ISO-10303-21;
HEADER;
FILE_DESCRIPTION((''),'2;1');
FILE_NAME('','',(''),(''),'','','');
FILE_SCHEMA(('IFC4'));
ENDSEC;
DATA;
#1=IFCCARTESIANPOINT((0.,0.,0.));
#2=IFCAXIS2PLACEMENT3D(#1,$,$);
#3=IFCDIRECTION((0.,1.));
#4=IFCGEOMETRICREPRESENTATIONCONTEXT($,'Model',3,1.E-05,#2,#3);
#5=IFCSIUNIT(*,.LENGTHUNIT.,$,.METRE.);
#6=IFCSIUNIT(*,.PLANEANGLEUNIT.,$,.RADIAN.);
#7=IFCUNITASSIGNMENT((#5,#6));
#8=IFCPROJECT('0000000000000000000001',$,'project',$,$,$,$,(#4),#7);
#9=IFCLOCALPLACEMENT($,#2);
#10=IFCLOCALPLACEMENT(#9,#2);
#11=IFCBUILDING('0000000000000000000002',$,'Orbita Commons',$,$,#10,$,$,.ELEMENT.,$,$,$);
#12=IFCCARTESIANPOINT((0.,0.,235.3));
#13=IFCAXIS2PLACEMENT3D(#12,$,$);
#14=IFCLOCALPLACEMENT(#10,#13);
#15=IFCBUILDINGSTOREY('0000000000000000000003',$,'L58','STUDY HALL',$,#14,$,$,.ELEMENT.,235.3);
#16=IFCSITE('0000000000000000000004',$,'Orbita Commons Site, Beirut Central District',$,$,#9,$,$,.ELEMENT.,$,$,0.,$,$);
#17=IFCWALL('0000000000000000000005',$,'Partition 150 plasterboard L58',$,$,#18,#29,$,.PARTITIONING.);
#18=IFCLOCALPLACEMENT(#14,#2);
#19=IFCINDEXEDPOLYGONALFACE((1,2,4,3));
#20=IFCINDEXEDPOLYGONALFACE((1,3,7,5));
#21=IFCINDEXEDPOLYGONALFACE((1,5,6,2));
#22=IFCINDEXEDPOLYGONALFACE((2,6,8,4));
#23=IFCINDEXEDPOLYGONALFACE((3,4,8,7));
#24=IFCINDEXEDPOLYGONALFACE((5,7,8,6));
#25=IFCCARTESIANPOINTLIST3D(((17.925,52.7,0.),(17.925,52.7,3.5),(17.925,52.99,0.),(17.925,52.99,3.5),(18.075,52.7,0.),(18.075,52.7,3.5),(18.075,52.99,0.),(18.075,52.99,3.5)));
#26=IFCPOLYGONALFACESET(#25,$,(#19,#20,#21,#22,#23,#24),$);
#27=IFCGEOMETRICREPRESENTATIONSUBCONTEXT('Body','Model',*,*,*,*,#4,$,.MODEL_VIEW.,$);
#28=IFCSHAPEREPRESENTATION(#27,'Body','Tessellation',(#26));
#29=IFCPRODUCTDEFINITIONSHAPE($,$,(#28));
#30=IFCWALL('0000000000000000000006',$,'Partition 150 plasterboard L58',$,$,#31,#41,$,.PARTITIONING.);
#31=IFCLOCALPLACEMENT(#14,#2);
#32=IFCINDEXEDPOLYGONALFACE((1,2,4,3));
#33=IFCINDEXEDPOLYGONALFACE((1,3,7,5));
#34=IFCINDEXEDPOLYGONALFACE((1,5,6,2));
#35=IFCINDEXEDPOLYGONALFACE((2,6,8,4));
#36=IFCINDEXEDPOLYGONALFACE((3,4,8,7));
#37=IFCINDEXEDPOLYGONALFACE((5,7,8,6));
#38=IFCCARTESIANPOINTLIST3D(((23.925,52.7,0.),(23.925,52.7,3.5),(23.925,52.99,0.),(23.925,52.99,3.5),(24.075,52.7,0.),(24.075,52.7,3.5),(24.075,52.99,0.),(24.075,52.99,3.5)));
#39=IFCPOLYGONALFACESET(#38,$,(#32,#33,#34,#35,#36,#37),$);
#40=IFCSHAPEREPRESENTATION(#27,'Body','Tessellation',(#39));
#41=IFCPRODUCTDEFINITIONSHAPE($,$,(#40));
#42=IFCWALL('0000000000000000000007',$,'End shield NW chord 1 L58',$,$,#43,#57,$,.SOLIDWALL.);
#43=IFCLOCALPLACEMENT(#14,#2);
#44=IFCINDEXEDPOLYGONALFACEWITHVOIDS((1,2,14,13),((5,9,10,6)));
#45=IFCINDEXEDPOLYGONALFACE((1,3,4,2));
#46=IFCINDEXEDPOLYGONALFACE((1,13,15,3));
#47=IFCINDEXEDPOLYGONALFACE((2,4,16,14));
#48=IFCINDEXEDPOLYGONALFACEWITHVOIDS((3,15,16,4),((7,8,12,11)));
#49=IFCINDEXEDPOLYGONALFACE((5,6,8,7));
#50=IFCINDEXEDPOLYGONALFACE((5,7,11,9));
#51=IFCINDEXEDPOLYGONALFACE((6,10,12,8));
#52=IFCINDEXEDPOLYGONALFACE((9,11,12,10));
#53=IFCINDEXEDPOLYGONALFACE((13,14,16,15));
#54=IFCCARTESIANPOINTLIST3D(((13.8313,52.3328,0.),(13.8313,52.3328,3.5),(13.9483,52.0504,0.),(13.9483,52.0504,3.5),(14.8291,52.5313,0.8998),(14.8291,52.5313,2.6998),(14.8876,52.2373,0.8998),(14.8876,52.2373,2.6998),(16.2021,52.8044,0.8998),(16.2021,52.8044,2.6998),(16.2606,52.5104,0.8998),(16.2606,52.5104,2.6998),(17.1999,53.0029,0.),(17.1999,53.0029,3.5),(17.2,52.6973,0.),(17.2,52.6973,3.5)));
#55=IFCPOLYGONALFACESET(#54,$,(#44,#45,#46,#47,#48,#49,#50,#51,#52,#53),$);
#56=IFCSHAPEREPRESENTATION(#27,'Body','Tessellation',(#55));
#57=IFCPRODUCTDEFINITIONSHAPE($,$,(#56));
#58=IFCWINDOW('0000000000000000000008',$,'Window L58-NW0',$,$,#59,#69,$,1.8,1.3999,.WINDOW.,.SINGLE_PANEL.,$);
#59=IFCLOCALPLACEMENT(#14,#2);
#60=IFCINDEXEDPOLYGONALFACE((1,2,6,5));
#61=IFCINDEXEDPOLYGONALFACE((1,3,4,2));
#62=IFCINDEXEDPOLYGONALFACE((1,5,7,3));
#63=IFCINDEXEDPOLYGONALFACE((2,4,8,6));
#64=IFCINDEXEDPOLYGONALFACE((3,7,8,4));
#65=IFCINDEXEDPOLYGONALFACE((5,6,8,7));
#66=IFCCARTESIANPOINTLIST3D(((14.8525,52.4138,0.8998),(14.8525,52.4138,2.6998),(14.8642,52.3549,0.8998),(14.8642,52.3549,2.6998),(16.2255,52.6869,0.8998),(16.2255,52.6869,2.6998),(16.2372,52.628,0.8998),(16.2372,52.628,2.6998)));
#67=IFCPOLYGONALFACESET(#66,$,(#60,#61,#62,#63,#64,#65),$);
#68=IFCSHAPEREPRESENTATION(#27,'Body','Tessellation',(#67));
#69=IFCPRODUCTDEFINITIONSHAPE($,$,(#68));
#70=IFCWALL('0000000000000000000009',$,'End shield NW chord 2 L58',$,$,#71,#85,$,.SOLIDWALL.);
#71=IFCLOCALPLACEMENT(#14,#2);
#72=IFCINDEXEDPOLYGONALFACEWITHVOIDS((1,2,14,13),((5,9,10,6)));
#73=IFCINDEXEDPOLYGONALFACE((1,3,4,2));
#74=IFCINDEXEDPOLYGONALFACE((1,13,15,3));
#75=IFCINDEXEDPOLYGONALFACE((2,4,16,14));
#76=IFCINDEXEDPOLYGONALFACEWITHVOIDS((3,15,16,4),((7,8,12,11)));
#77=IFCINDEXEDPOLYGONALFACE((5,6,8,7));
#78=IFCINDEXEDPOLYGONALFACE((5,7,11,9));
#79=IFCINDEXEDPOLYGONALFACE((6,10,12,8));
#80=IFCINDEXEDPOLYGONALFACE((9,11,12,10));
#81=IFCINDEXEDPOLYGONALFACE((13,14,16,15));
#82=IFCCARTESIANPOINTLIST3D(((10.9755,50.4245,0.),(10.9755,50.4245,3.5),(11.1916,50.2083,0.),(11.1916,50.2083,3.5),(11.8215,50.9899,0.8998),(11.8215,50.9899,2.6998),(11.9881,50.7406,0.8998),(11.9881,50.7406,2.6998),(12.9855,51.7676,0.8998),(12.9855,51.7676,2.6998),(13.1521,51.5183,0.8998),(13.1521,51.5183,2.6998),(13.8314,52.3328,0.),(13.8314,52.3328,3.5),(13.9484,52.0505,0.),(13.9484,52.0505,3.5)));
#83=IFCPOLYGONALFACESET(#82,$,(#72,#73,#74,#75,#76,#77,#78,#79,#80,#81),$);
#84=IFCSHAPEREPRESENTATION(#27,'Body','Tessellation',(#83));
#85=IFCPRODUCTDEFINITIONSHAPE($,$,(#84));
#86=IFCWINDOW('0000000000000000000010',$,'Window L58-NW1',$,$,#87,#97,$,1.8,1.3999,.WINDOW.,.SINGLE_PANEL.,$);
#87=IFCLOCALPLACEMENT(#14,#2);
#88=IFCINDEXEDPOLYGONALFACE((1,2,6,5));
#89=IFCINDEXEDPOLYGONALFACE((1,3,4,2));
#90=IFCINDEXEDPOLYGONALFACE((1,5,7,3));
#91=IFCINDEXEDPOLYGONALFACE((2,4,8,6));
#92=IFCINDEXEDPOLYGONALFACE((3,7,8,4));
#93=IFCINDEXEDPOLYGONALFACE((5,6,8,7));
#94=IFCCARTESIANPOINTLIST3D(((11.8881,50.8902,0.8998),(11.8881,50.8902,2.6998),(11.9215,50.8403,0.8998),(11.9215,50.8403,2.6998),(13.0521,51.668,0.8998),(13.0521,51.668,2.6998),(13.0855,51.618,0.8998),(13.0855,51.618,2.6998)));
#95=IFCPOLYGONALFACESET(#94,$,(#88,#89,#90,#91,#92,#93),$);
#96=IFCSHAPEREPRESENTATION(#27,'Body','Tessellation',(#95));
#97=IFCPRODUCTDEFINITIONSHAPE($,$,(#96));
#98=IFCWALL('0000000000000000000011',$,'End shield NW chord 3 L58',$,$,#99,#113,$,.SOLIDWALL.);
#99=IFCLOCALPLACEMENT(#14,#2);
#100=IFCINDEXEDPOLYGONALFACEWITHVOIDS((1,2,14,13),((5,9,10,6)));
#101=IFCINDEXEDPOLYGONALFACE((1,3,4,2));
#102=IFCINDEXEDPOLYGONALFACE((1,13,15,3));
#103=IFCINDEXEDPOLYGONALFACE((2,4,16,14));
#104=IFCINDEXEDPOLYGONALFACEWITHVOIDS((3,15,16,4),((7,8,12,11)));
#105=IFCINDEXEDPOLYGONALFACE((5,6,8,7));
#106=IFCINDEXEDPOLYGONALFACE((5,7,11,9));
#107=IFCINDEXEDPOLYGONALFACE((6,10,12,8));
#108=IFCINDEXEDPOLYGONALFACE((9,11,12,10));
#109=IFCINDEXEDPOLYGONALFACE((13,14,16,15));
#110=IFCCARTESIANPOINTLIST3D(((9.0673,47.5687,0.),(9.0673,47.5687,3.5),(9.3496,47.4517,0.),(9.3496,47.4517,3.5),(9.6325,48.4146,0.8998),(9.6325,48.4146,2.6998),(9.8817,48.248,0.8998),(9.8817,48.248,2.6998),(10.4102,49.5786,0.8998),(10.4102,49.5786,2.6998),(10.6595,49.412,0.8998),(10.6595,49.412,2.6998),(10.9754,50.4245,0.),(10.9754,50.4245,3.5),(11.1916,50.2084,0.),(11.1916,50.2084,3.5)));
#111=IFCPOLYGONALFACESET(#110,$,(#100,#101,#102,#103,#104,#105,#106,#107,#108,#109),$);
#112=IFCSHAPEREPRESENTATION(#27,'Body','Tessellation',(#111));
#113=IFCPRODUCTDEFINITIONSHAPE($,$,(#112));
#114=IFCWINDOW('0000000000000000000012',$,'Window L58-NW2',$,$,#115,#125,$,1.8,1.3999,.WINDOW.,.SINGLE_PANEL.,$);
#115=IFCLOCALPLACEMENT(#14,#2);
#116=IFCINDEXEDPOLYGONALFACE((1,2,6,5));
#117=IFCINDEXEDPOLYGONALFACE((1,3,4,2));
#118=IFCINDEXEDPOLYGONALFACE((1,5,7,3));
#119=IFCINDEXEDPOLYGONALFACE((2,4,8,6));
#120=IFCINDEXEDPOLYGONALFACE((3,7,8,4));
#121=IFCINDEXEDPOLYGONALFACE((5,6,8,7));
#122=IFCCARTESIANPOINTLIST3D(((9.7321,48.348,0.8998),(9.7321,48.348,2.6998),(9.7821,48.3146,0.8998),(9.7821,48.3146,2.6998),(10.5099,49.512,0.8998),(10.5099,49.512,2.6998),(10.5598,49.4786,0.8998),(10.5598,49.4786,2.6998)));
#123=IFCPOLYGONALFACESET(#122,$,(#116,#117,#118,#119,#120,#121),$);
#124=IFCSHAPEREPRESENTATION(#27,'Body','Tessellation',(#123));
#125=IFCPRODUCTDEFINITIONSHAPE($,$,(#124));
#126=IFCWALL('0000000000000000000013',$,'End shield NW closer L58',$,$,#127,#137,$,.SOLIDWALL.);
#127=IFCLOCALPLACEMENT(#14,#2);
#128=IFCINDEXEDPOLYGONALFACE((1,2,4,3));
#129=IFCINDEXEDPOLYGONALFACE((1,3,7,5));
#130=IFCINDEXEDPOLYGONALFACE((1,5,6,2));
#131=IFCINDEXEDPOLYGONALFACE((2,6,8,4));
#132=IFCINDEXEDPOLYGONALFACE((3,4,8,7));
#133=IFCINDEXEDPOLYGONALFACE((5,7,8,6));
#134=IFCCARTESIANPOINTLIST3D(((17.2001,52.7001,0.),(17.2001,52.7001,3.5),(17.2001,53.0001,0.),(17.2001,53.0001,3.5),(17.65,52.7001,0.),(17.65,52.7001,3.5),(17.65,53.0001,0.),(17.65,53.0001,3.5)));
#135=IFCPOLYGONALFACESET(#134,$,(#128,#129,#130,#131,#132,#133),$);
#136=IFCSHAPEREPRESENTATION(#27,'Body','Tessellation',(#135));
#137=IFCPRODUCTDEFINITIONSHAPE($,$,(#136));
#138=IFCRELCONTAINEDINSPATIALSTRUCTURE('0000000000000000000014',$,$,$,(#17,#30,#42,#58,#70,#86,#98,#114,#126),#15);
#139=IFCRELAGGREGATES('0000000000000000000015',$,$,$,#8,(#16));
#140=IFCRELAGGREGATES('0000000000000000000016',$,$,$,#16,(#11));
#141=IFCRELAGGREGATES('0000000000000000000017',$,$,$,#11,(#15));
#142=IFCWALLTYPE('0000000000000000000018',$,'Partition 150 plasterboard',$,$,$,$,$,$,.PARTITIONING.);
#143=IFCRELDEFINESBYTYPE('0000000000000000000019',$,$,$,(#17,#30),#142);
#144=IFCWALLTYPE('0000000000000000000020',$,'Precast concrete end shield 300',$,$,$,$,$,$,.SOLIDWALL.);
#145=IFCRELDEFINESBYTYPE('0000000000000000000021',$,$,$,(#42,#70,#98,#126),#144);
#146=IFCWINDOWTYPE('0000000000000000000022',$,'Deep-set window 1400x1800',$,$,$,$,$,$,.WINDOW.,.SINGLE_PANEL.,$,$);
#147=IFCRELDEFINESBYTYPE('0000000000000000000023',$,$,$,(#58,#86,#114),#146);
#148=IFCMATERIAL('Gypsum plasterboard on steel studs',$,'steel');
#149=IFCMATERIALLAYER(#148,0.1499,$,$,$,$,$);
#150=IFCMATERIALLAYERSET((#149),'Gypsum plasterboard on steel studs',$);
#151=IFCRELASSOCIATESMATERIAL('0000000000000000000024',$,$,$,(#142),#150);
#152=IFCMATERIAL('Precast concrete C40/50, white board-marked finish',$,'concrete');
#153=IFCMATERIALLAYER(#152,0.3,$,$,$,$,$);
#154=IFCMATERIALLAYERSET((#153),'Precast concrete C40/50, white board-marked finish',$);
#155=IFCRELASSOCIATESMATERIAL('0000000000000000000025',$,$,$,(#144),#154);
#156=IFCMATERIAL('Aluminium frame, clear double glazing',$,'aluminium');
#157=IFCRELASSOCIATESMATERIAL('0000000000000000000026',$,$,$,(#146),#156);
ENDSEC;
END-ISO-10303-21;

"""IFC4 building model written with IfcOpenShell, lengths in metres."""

from ifc_helpers import new_model, si_unit, direction, frame, frame_2d, origin, place, context, subcontext, project, spatial, polyline, rectangle, outline, extrude, material, layer, layer_set, type_object, element, fill, save


model = new_model("IFC4")

# Units and contexts
model_context = context("Model", 3, precision=1e-05, world=origin(), true_north=direction((0.0, 1.0)))
body_context = subcontext(model_context, "Body", "Model", "MODEL_VIEW")
ifc_project = project(units=[si_unit("LENGTHUNIT", "METRE"), si_unit("PLANEANGLEUNIT", "RADIAN")], contexts=[model_context])

# Site, building, storey
site_placement = place(None, origin())
site = spatial("IfcSite", under=ifc_project, at=site_placement, Name="Orbita Commons Site, Beirut Central District", CompositionType="ELEMENT", RefElevation=0.0)
building_placement = place(site_placement, origin())
building = spatial("IfcBuilding", under=site, at=building_placement, Name="Orbita Commons", CompositionType="ELEMENT")
storey_placement = place(building_placement, frame((0.0, 0.0, 235.3)))
storey = spatial("IfcBuildingStorey", under=building, at=storey_placement, Name="L58", Description="STUDY HALL", CompositionType="ELEMENT", Elevation=235.3)

# Shared definitions
ifc_material_1 = material(Name="Gypsum plasterboard on steel studs", Category="steel")
ifc_layer_1 = layer(ifc_material_1, 0.1499)
ifc_layer_set_1 = layer_set([ifc_layer_1], Name="Gypsum plasterboard on steel studs")
wall_type_1 = type_object("IfcWallType", Name="Partition 150 plasterboard", PredefinedType="PARTITIONING", material=ifc_layer_set_1)

# Walls
for number, where, z_axis, x_axis, name in (
    (1, (18.0, 52.7, 0.0), (0.0, 0.0, 1.0), (0.0, 1.0, 0.0), "Partition 150 plasterboard L58"),
    (2, (24.0, 52.7, 0.0), (0.0, 0.0, 1.0), (0.0, 1.0, 0.0), "Partition 150 plasterboard L58"),
):
    element("IfcWall", number, at=place(storey_placement, frame(where, z_axis=z_axis, x_axis=x_axis)), inside=storey, type_object=wall_type_1, Name=name, PredefinedType="PARTITIONING", context=body_context, shape_type="SweptSolid", body=[
        extrude(rectangle(XDim=0.29, YDim=0.1499, at=frame_2d((0.145, 0.0))), origin(), (0.0, 0.0, 1.0), 3.5),
    ])

# Walls, openings, windows
ifc_material_2 = material(Name="Precast concrete C40/50, white board-marked finish", Category="concrete")
ifc_layer_2 = layer(ifc_material_2, 0.3)
ifc_layer_set_2 = layer_set([ifc_layer_2], Name="Precast concrete C40/50, white board-marked finish")
wall_type_2 = type_object("IfcWallType", Name="Precast concrete end shield 300", PredefinedType="SOLIDWALL", material=ifc_layer_set_2)
wall_1_placement = place(storey_placement, frame((17.2, 52.8501, 0.0), z_axis=(0.0, 0.0, 1.0), x_axis=(-0.980783, -0.1951, 0.0)))
wall_1 = element("IfcWall", 3, at=wall_1_placement, inside=storey, type_object=wall_type_2, Name="End shield NW chord 1 L58", PredefinedType="SOLIDWALL", context=body_context, shape_type="SweptSolid", body=[
    extrude(outline(polyline([(-0.0298, -0.1499), (3.4048, -0.1499), (3.3452, 0.1499), (0.0298, 0.1499), (-0.0298, -0.1499)])), origin(), (0.0, 0.0, 1.0), 3.5),
])
opening_1_placement = place(wall_1_placement, frame((0.9875, 0.0, 0.8999)))
opening_1 = element("IfcOpeningElement", 4, at=opening_1_placement, cuts=wall_1, PredefinedType="OPENING", context=body_context, shape_type="SweptSolid", body=[
    extrude(rectangle(XDim=1.3999, YDim=1.8, at=frame_2d((0.7, 0.8999))), frame((0.0, 0.1599, 0.0), z_axis=(0.0, -1.0, 0.0), x_axis=(1.0, 0.0, 0.0)), (0.0, 0.0, 1.0), 0.3201),
])
ifc_material_3 = material(Name="Aluminium frame, clear double glazing", Category="aluminium")
window_type = type_object("IfcWindowType", Name="Deep-set window 1400x1800", PartitioningType="SINGLE_PANEL", PredefinedType="WINDOW", material=ifc_material_3)
window_1_placement = place(opening_1_placement, origin())
window_1 = element("IfcWindow", 5, at=window_1_placement, inside=storey, type_object=window_type, Name="Window L58-NW0", OverallHeight=1.8, OverallWidth=1.3999, PartitioningType="SINGLE_PANEL", PredefinedType="WINDOW", context=body_context, shape_type="SweptSolid", body=[
    extrude(rectangle(XDim=1.3999, YDim=1.8, at=frame_2d((0.7, 0.8999))), frame((0.0, 0.03, 0.0), z_axis=(0.0, -1.0, 0.0), x_axis=(1.0, 0.0, 0.0)), (0.0, 0.0, 1.0), 0.0601),
])
fill(opening_1, window_1)
wall_2_placement = place(storey_placement, frame((13.8899, 52.1917, 0.0), z_axis=(0.0, 0.0, 1.0), x_axis=(-0.83146, -0.555585, 0.0)))
wall_2 = element("IfcWall", 6, at=wall_2_placement, inside=storey, type_object=wall_type_2, Name="End shield NW chord 2 L58", PredefinedType="SOLIDWALL", context=body_context, shape_type="SweptSolid", body=[
    extrude(outline(polyline([(-0.0298, -0.1499), (3.405, -0.1499), (3.3455, 0.1499), (0.0298, 0.1499), (-0.0298, -0.1499)])), origin(), (0.0, 0.0, 1.0), 3.5),
])
opening_2_placement = place(wall_2_placement, frame((0.9875, 0.0, 0.8999)))
opening_2 = element("IfcOpeningElement", 7, at=opening_2_placement, cuts=wall_2, PredefinedType="OPENING", context=body_context, shape_type="SweptSolid", body=[
    extrude(rectangle(XDim=1.3999, YDim=1.8, at=frame_2d((0.7, 0.8999))), frame((0.0, 0.1599, 0.0), z_axis=(0.0, -1.0, 0.0), x_axis=(1.0, 0.0, 0.0)), (0.0, 0.0, 1.0), 0.3201),
])
window_2_placement = place(opening_2_placement, origin())
window_2 = element("IfcWindow", 8, at=window_2_placement, inside=storey, type_object=window_type, Name="Window L58-NW1", OverallHeight=1.8, OverallWidth=1.3999, PartitioningType="SINGLE_PANEL", PredefinedType="WINDOW", context=body_context, shape_type="SweptSolid", body=[
    extrude(rectangle(XDim=1.3999, YDim=1.8, at=frame_2d((0.7, 0.8999))), frame((0.0, 0.03, 0.0), z_axis=(0.0, -1.0, 0.0), x_axis=(1.0, 0.0, 0.0)), (0.0, 0.0, 1.0), 0.0601),
])
fill(opening_2, window_2)
wall_3_placement = place(storey_placement, frame((11.0835, 50.3164, 0.0), z_axis=(0.0, 0.0, 1.0), x_axis=(-0.555568, -0.831471, 0.0)))
wall_3 = element("IfcWall", 9, at=wall_3_placement, inside=storey, type_object=wall_type_2, Name="End shield NW chord 3 L58", PredefinedType="SOLIDWALL", context=body_context, shape_type="SweptSolid", body=[
    extrude(outline(polyline([(-0.0298, -0.1499), (3.4048, -0.1499), (3.3452, 0.1499), (0.0298, 0.1499), (-0.0298, -0.1499)])), origin(), (0.0, 0.0, 1.0), 3.5),
])
opening_3_placement = place(wall_3_placement, frame((0.9875, 0.0, 0.8999)))
opening_3 = element("IfcOpeningElement", 10, at=opening_3_placement, cuts=wall_3, PredefinedType="OPENING", context=body_context, shape_type="SweptSolid", body=[
    extrude(rectangle(XDim=1.3999, YDim=1.8, at=frame_2d((0.7, 0.8999))), frame((0.0, 0.1599, 0.0), z_axis=(0.0, -1.0, 0.0), x_axis=(1.0, 0.0, 0.0)), (0.0, 0.0, 1.0), 0.3201),
])
window_3_placement = place(opening_3_placement, origin())
window_3 = element("IfcWindow", 11, at=window_3_placement, inside=storey, type_object=window_type, Name="Window L58-NW2", OverallHeight=1.8, OverallWidth=1.3999, PartitioningType="SINGLE_PANEL", PredefinedType="WINDOW", context=body_context, shape_type="SweptSolid", body=[
    extrude(rectangle(XDim=1.3999, YDim=1.8, at=frame_2d((0.7, 0.8999))), frame((0.0, 0.03, 0.0), z_axis=(0.0, -1.0, 0.0), x_axis=(1.0, 0.0, 0.0)), (0.0, 0.0, 1.0), 0.0601),
])
fill(opening_3, window_3)

# Wall
wall_4_placement = place(storey_placement, frame((17.2, 52.8501, 0.0), z_axis=(0.0, 0.0, 1.0), x_axis=(1.0, 0.0, 0.0)))
element("IfcWall", 12, at=wall_4_placement, inside=storey, type_object=wall_type_2, Name="End shield NW closer L58", PredefinedType="SOLIDWALL", context=body_context, shape_type="SweptSolid", body=[
    extrude(rectangle(XDim=0.45, YDim=0.3, at=frame_2d((0.2251, 0.0))), origin(), (0.0, 0.0, 1.0), 3.5),
])

save(model, "model.ifc")
